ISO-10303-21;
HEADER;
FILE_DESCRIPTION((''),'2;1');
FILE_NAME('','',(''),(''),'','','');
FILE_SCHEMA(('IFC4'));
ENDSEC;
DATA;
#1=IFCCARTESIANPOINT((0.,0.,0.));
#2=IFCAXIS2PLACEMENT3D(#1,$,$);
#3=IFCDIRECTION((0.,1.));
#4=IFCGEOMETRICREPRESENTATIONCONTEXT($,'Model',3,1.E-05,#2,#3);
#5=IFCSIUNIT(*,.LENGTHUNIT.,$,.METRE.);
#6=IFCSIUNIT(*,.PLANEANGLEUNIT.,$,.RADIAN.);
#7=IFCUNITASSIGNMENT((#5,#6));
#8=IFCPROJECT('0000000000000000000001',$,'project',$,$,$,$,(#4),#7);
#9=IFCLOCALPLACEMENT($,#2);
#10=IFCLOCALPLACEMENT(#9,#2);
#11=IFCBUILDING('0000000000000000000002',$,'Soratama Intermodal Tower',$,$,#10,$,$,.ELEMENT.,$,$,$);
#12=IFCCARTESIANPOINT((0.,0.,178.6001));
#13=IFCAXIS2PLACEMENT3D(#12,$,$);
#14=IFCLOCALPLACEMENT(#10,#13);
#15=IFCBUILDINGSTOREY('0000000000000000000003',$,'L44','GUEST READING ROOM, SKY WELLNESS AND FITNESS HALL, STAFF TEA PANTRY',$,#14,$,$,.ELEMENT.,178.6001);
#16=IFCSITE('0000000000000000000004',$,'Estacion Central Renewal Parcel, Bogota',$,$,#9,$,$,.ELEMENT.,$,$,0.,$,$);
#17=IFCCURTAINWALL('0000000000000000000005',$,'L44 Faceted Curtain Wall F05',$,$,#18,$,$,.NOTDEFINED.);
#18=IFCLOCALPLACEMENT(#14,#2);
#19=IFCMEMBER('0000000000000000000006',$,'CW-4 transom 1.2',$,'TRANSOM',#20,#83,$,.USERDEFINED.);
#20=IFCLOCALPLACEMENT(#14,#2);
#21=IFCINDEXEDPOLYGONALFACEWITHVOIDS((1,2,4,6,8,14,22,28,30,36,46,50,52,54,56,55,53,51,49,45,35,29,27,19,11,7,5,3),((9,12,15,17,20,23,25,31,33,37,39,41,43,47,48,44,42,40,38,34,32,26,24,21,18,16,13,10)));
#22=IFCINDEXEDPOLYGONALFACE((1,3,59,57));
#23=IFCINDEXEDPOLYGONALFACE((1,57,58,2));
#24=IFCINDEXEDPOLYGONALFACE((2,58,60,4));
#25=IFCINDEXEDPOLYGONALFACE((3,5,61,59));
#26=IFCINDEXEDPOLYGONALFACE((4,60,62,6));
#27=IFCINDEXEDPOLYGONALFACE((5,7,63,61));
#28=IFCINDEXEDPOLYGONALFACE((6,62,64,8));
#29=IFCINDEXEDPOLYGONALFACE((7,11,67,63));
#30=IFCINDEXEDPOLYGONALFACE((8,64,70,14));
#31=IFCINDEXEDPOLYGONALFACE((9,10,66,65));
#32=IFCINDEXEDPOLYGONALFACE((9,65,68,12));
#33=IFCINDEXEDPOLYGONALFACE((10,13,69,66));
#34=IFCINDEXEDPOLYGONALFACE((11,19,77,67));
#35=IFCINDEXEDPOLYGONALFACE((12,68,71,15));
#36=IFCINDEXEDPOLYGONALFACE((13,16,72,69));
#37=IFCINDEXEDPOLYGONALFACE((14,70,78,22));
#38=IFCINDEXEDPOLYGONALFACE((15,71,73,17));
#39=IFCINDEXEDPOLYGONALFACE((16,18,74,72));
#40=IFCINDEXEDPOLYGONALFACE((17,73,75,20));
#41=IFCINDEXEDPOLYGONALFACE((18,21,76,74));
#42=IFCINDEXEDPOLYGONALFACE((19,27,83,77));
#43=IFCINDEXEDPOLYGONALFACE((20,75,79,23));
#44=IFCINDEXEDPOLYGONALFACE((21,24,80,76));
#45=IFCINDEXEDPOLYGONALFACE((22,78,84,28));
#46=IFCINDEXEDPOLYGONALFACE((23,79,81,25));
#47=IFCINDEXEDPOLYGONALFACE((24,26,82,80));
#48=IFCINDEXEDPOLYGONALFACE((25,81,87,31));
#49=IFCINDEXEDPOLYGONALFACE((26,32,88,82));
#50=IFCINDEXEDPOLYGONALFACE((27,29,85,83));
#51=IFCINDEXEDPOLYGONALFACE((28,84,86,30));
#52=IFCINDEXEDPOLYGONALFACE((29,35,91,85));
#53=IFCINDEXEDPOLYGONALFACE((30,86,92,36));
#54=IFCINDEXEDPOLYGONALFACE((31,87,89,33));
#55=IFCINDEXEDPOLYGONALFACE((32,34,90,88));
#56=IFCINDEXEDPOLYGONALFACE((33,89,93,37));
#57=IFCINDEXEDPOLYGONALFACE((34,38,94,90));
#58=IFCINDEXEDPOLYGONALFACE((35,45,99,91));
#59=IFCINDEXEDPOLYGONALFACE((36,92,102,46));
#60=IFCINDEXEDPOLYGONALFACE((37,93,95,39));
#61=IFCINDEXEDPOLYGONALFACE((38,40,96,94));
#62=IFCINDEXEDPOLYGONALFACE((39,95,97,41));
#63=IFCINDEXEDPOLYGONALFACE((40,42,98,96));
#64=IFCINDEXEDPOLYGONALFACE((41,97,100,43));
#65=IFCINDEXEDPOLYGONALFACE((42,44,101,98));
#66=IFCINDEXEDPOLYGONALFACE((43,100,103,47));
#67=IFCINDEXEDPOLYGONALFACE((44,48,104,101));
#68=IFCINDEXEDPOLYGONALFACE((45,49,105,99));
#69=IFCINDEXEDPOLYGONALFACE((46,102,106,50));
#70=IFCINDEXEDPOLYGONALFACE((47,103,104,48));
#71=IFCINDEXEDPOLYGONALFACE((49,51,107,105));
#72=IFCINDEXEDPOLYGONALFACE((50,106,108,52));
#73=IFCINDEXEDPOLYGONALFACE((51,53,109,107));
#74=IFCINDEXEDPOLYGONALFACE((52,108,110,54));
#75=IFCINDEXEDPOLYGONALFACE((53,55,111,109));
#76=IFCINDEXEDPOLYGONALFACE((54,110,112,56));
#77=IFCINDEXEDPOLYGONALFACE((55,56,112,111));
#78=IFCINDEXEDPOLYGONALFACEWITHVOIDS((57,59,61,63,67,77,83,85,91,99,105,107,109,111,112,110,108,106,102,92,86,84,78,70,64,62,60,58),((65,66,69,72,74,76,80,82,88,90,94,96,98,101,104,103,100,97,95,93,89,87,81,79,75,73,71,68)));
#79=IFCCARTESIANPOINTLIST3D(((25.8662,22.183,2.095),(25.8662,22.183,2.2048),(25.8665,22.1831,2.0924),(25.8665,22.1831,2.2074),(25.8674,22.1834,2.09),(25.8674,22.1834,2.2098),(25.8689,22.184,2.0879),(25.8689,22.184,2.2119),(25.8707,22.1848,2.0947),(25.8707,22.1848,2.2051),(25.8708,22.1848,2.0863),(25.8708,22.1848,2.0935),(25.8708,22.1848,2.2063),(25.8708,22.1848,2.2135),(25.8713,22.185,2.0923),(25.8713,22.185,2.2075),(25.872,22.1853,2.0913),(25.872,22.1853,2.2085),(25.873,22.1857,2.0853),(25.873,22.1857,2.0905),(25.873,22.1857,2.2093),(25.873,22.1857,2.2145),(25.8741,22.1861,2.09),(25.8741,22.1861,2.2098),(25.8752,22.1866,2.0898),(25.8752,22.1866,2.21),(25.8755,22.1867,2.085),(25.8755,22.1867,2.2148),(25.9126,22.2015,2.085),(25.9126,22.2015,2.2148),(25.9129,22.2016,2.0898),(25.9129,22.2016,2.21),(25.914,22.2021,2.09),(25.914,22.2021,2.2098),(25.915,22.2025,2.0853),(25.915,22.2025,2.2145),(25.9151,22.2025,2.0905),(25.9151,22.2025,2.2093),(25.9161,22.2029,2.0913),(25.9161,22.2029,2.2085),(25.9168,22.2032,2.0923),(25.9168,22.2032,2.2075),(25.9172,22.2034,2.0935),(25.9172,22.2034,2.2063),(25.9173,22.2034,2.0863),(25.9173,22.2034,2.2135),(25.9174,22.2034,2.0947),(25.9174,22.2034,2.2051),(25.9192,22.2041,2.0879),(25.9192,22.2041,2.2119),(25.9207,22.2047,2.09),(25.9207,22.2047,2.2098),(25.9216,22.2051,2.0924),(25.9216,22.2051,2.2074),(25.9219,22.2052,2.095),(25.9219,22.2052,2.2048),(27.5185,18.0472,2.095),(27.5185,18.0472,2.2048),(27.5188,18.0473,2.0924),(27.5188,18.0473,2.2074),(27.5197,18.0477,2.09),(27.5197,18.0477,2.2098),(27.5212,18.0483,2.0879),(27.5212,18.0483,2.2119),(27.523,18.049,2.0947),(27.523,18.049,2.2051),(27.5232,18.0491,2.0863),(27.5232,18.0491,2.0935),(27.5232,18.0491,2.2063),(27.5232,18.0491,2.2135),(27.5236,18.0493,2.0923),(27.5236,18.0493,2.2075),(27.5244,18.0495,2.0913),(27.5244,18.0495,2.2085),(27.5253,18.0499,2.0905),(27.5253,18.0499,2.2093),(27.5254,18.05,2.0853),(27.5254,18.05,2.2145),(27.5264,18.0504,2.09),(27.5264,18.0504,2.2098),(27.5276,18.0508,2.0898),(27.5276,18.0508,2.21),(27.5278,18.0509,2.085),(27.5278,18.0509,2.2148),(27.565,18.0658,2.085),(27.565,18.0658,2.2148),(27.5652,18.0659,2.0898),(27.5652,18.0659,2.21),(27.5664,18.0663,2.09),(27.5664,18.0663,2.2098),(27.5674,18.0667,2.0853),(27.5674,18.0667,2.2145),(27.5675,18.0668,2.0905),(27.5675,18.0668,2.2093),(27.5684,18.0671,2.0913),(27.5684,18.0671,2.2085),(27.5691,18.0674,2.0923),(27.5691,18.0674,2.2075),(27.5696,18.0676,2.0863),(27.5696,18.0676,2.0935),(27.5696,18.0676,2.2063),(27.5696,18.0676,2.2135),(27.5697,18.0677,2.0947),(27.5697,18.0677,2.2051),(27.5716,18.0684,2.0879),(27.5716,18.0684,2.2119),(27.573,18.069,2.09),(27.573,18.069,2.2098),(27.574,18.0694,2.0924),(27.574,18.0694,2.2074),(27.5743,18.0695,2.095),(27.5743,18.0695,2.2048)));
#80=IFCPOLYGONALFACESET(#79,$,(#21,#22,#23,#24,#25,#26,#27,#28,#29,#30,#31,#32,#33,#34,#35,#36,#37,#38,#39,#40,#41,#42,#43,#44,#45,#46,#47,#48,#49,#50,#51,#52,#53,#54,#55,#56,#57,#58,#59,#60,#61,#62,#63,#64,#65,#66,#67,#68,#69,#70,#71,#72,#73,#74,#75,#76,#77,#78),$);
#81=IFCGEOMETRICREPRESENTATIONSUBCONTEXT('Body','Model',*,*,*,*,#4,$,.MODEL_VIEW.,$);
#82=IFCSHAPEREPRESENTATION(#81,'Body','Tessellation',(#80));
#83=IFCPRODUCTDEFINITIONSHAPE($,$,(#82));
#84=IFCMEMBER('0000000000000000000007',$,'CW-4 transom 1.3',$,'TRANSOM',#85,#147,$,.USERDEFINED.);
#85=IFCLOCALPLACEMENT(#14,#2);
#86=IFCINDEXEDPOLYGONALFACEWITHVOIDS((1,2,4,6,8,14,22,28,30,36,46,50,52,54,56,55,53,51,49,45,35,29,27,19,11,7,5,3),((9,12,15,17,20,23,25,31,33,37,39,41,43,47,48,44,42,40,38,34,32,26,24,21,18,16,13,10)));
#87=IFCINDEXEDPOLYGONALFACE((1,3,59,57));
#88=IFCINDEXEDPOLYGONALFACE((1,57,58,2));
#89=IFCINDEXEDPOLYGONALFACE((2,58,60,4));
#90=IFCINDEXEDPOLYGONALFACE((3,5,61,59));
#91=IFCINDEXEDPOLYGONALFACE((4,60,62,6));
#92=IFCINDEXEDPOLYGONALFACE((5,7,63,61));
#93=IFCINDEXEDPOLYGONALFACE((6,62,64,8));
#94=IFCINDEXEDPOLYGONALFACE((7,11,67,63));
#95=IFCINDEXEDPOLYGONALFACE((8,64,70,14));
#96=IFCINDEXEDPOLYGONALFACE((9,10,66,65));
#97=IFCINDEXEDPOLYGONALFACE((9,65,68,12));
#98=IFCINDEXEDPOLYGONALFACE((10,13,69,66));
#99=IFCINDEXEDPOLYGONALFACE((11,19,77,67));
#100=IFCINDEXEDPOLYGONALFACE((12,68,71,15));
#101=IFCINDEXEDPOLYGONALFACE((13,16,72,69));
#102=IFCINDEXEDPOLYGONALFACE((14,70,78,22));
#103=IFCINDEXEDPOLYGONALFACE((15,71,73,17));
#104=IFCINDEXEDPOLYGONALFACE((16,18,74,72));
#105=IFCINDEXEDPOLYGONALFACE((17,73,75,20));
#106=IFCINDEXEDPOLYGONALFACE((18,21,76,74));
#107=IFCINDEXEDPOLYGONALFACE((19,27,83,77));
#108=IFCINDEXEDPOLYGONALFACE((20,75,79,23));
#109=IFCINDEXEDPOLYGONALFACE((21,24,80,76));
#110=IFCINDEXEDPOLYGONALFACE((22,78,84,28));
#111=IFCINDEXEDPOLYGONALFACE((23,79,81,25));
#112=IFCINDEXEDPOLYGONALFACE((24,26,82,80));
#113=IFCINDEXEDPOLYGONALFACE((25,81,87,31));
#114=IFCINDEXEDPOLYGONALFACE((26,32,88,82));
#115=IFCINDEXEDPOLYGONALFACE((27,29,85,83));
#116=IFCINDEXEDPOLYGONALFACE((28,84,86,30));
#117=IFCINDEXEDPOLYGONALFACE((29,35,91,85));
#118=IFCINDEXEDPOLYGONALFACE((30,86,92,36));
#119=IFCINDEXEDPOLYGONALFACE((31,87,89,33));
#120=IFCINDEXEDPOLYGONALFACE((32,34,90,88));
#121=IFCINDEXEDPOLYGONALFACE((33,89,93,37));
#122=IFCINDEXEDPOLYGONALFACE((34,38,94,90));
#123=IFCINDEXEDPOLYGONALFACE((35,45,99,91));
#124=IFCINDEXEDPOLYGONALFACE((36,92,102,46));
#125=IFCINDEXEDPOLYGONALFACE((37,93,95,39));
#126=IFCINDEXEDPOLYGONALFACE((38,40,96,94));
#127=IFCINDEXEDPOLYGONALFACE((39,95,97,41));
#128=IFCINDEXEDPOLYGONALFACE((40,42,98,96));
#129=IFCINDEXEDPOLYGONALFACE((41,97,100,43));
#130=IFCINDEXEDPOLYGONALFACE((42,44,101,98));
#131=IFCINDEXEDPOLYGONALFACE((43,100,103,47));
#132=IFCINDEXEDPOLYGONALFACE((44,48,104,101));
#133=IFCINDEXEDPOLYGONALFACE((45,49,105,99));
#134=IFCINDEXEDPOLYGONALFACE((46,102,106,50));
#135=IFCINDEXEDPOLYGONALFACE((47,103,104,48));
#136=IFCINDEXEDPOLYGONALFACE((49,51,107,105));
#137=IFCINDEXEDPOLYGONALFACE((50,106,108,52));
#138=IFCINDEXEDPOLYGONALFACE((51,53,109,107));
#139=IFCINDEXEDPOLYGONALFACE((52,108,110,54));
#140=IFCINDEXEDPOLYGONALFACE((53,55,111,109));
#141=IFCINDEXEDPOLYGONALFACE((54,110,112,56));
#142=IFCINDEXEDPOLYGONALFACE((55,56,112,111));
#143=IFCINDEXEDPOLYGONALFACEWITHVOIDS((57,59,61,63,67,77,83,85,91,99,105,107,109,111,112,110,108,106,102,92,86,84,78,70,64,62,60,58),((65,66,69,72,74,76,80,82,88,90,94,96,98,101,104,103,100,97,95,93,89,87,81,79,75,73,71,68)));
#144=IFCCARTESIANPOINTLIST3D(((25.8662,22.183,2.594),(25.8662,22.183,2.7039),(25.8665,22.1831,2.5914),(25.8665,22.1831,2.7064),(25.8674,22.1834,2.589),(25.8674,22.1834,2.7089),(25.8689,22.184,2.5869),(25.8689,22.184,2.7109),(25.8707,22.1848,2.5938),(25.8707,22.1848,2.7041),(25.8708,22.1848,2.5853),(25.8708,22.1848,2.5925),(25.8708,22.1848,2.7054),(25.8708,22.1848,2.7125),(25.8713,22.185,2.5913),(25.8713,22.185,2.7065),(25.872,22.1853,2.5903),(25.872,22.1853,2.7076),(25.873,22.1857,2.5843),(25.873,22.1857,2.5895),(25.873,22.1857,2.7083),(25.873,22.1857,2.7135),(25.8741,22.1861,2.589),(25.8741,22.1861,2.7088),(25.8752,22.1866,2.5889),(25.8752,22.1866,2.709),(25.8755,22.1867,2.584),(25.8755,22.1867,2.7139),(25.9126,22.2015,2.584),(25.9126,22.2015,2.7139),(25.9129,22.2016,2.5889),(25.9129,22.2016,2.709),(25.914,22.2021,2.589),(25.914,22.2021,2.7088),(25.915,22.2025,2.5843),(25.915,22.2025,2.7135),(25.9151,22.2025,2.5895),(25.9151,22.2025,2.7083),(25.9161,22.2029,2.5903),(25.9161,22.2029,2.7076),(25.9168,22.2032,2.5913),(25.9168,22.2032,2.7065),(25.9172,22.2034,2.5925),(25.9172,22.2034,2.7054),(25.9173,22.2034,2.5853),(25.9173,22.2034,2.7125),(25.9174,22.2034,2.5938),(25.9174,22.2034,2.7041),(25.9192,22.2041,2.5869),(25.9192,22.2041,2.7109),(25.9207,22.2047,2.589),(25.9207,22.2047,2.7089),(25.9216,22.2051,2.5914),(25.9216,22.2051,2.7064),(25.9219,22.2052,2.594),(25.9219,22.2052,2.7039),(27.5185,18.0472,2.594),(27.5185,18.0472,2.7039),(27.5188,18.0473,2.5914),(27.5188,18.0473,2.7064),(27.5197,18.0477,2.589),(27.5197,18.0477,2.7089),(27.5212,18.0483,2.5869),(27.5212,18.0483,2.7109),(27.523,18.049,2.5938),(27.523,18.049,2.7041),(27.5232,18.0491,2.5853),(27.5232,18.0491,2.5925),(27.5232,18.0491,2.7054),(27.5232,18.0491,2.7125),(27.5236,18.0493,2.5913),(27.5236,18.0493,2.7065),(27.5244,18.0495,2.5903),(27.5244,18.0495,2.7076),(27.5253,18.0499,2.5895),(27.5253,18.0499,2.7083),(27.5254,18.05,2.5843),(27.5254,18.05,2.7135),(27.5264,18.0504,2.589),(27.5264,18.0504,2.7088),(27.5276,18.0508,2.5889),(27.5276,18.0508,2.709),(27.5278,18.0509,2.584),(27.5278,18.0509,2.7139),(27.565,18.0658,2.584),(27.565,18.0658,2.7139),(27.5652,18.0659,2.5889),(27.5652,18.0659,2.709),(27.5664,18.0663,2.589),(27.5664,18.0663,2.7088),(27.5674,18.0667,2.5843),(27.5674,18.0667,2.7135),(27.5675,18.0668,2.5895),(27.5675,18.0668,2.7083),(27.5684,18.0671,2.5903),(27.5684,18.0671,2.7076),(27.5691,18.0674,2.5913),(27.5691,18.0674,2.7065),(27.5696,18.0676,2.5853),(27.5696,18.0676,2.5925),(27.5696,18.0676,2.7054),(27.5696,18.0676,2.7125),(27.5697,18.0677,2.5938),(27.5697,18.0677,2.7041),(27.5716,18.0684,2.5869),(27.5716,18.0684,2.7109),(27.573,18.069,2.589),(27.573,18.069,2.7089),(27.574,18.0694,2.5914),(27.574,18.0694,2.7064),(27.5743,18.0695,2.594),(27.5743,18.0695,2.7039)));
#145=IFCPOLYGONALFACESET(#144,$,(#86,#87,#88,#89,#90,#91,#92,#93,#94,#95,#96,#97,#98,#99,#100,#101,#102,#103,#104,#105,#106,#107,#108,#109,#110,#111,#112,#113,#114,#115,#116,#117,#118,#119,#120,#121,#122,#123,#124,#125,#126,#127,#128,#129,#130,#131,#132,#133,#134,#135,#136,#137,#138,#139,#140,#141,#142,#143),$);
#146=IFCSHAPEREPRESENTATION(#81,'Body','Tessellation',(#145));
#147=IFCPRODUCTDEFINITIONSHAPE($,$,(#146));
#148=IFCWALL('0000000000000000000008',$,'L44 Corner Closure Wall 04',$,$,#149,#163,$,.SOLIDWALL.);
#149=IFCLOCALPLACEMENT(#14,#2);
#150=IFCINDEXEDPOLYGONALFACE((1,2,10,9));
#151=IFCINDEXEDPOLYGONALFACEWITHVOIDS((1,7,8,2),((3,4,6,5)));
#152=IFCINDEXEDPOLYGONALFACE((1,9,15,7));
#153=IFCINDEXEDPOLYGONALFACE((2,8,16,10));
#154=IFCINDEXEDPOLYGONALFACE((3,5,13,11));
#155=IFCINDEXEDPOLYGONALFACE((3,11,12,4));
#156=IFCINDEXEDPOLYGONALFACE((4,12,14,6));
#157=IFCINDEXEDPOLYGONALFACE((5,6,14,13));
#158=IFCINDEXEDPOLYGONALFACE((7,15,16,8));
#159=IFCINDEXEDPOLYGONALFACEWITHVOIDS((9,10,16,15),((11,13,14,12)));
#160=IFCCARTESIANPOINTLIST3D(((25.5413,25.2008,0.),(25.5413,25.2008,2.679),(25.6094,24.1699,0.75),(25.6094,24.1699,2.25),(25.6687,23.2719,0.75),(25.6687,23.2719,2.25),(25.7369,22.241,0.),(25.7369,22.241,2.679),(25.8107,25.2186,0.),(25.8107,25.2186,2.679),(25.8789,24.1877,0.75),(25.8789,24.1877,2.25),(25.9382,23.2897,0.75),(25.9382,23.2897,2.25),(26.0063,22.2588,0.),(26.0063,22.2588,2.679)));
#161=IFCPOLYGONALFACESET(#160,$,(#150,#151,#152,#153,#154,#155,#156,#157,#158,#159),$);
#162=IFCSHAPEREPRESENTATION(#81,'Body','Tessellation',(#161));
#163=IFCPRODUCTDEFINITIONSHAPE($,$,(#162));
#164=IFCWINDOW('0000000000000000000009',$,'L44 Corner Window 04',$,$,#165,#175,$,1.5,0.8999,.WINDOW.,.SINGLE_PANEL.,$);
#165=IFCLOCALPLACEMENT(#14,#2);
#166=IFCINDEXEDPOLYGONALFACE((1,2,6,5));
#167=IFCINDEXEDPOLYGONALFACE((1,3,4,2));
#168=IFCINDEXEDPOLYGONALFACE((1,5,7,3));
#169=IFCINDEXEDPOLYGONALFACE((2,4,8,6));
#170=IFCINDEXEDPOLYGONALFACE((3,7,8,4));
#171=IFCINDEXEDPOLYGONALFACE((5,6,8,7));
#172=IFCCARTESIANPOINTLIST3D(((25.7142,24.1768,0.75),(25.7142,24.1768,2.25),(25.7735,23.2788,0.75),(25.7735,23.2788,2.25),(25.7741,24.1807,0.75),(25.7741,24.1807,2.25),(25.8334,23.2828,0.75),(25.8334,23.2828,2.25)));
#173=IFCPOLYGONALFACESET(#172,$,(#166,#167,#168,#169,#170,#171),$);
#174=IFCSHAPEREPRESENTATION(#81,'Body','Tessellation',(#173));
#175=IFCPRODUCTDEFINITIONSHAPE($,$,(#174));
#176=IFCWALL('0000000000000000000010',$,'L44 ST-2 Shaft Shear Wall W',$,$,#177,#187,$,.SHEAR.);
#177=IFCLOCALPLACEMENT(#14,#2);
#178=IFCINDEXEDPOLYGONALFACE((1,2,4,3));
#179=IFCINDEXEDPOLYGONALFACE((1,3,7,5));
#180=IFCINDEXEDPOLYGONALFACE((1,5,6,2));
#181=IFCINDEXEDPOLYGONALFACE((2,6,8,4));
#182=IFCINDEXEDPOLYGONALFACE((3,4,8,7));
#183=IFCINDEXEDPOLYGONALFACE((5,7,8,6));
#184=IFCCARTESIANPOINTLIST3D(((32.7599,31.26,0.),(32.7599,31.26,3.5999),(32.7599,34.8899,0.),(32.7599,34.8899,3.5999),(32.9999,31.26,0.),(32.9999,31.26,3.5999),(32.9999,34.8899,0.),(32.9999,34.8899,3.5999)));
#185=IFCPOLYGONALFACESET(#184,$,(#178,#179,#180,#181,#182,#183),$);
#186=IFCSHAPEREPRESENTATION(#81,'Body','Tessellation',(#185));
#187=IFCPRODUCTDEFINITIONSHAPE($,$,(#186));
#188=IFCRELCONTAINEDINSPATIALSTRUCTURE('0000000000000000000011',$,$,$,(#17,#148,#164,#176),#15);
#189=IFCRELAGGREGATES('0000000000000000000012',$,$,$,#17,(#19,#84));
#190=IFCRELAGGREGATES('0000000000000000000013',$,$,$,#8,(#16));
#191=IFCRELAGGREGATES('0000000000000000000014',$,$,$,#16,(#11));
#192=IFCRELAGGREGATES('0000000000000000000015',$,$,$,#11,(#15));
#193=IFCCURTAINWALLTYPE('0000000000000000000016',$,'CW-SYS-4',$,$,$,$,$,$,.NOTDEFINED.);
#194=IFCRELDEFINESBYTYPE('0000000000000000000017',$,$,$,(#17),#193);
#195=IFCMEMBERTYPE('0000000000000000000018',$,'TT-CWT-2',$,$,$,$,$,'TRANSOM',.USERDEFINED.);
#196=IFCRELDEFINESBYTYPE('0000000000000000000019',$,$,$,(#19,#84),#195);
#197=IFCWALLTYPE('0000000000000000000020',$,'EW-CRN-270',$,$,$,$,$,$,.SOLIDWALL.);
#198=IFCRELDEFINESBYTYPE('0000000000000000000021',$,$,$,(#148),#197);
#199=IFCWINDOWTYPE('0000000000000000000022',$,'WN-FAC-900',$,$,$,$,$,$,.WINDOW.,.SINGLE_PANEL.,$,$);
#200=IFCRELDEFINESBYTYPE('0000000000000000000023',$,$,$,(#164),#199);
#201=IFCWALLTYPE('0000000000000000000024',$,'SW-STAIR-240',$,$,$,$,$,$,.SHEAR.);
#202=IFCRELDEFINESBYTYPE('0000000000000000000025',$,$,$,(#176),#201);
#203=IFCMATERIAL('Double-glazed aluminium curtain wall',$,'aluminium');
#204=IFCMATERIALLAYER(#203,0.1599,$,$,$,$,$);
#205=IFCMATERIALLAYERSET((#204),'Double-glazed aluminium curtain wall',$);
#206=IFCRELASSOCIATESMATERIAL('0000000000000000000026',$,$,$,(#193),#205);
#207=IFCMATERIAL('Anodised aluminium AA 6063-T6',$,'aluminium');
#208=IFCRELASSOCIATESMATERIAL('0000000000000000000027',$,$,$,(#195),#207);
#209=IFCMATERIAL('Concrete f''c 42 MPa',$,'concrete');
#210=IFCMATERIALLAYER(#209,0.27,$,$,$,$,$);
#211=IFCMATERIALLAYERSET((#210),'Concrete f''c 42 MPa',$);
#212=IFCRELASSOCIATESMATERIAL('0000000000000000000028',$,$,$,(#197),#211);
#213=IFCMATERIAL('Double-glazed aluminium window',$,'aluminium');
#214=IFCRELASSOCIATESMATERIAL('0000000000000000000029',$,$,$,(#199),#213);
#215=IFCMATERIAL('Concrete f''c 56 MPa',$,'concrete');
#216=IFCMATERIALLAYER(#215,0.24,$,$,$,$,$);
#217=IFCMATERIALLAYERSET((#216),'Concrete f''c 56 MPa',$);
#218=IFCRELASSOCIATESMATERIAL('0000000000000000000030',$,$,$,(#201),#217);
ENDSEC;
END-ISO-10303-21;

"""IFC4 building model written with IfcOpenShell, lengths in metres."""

from ifc_helpers import new_model, si_unit, direction, frame, frame_2d, origin, origin_2d, place, context, subcontext, project, spatial, rectangle, hollow_rectangle, extrude, material, layer, layer_set, material_profile, profile_set, type_object, element, fill, aggregate, save


model = new_model("IFC4")

# Units and contexts
model_context = context("Model", 3, precision=1e-05, world=origin(), true_north=direction((0.0, 1.0)))
body_context = subcontext(model_context, "Body", "Model", "MODEL_VIEW")
ifc_project = project(units=[si_unit("LENGTHUNIT", "METRE"), si_unit("PLANEANGLEUNIT", "RADIAN")], contexts=[model_context])

# Site, building, storey
site_placement = place(None, origin())
site = spatial("IfcSite", under=ifc_project, at=site_placement, Name="Estacion Central Renewal Parcel, Bogota", CompositionType="ELEMENT", RefElevation=0.0)
building_placement = place(site_placement, origin())
building = spatial("IfcBuilding", under=site, at=building_placement, Name="Soratama Intermodal Tower", CompositionType="ELEMENT")
storey_placement = place(building_placement, frame((0.0, 0.0, 178.6001)))
storey = spatial("IfcBuildingStorey", under=building, at=storey_placement, Name="L44", Description="GUEST READING ROOM, SKY WELLNESS AND FITNESS HALL, STAFF TEA PANTRY", CompositionType="ELEMENT", Elevation=178.6001)

# Curtain wall, members
ifc_material_1 = material(Name="Double-glazed aluminium curtain wall", Category="aluminium")
ifc_layer_1 = layer(ifc_material_1, 0.1599)
ifc_layer_set_1 = layer_set([ifc_layer_1], Name="Double-glazed aluminium curtain wall")
curtain_wall_type = type_object("IfcCurtainWallType", Name="CW-SYS-4", PredefinedType="NOTDEFINED", material=ifc_layer_set_1)
curtain_wall_placement = place(storey_placement, origin())
curtain_wall = element("IfcCurtainWall", 1, at=curtain_wall_placement, inside=storey, type_object=curtain_wall_type, Name="L44 Faceted Curtain Wall F05", PredefinedType="NOTDEFINED")
ifc_material_2 = material(Name="Anodised aluminium AA 6063-T6", Category="aluminium")
ifc_material_profile_1 = material_profile(ifc_material_2, hollow_rectangle(XDim=0.0601, YDim=0.1299, WallThickness=0.0049, InnerFilletRadius=0.0049, OuterFilletRadius=0.01, at=origin_2d()), Name="CWT130X60X5")
ifc_profile_set_1 = profile_set([ifc_material_profile_1], Name="Anodised aluminium AA 6063-T6")
member_type_1 = type_object("IfcMemberType", Name="TT-CWT-2", ElementType="TRANSOM", PredefinedType="USERDEFINED", material=ifc_profile_set_1)
member_1_placement = place(storey_placement, frame((25.894, 22.1941, 2.1499), z_axis=(0.371013, -0.928628, 0.0), x_axis=(0.928628, 0.371013, 0.0)))
member_1 = element("IfcMember", 2, at=member_1_placement, type_object=member_type_1, Name="CW-4 transom 1.2", ObjectType="TRANSOM", PredefinedType="USERDEFINED", context=body_context, shape_type="SweptSolid", body=[
    extrude(hollow_rectangle(XDim=0.0601, YDim=0.1299, WallThickness=0.0049, InnerFilletRadius=0.0049, OuterFilletRadius=0.01, at=origin_2d()), origin(), (0.0, 0.0, 1.0), 4.4536),
])
member_2_placement = place(storey_placement, frame((25.894, 22.1941, 2.6489), z_axis=(0.371013, -0.928628, 0.0), x_axis=(0.928628, 0.371013, 0.0)))
member_2 = element("IfcMember", 3, at=member_2_placement, type_object=member_type_1, Name="CW-4 transom 1.3", ObjectType="TRANSOM", PredefinedType="USERDEFINED", context=body_context, shape_type="SweptSolid", body=[
    extrude(hollow_rectangle(XDim=0.0601, YDim=0.1299, WallThickness=0.0049, InnerFilletRadius=0.0049, OuterFilletRadius=0.01, at=origin_2d()), origin(), (0.0, 0.0, 1.0), 4.4536),
])
aggregate(curtain_wall, [member_1, member_2])

# Wall, opening, window
ifc_material_3 = material(Name="Concrete f'c 42 MPa", Category="concrete")
ifc_layer_2 = layer(ifc_material_3, 0.27)
ifc_layer_set_2 = layer_set([ifc_layer_2], Name="Concrete f'c 42 MPa")
wall_type_1 = type_object("IfcWallType", Name="EW-CRN-270", PredefinedType="SOLIDWALL", material=ifc_layer_set_2)
wall_1_placement = place(storey_placement, frame((25.676, 25.2097, 0.0), z_axis=(0.0, 0.0, 1.0), x_axis=(0.065924, -0.997825, 0.0)))
wall_1 = element("IfcWall", 4, at=wall_1_placement, inside=storey, type_object=wall_type_1, Name="L44 Corner Closure Wall 04", PredefinedType="SOLIDWALL", context=body_context, shape_type="SweptSolid", body=[
    extrude(rectangle(XDim=2.9663, YDim=0.27, at=frame_2d((1.4832, 0.0))), origin(), (0.0, 0.0, 1.0), 2.679),
])
opening_1_placement = place(wall_1_placement, frame((1.0332, 0.0, 0.75)))
opening_1 = element("IfcOpeningElement", 5, at=opening_1_placement, cuts=wall_1, PredefinedType="OPENING", context=body_context, shape_type="SweptSolid", body=[
    extrude(rectangle(XDim=0.8999, YDim=1.5, at=frame_2d((0.45, 0.75))), frame((0.0, 0.145, 0.0), z_axis=(0.0, -1.0, 0.0), x_axis=(1.0, 0.0, 0.0)), (0.0, 0.0, 1.0), 0.29),
])
ifc_material_4 = material(Name="Double-glazed aluminium window", Category="aluminium")
window_type = type_object("IfcWindowType", Name="WN-FAC-900", PartitioningType="SINGLE_PANEL", PredefinedType="WINDOW", material=ifc_material_4)
window_placement = place(opening_1_placement, origin())
window = element("IfcWindow", 6, at=window_placement, inside=storey, type_object=window_type, Name="L44 Corner Window 04", OverallHeight=1.5, OverallWidth=0.8999, PartitioningType="SINGLE_PANEL", PredefinedType="WINDOW", context=body_context, shape_type="SweptSolid", body=[
    extrude(rectangle(XDim=0.8999, YDim=1.5, at=frame_2d((0.45, 0.75))), frame((0.0, 0.03, 0.0), z_axis=(0.0, -1.0, 0.0), x_axis=(1.0, 0.0, 0.0)), (0.0, 0.0, 1.0), 0.0601),
])
fill(opening_1, window)

# Wall
ifc_material_5 = material(Name="Concrete f'c 56 MPa", Category="concrete")
ifc_layer_3 = layer(ifc_material_5, 0.24)
ifc_layer_set_3 = layer_set([ifc_layer_3], Name="Concrete f'c 56 MPa")
wall_type_2 = type_object("IfcWallType", Name="SW-STAIR-240", PredefinedType="SHEAR", material=ifc_layer_set_3)
wall_2_placement = place(storey_placement, frame((32.8799, 31.26, 0.0), z_axis=(0.0, 0.0, 1.0), x_axis=(0.0, 1.0, 0.0)))
element("IfcWall", 7, at=wall_2_placement, inside=storey, type_object=wall_type_2, Name="L44 ST-2 Shaft Shear Wall W", PredefinedType="SHEAR", context=body_context, shape_type="SweptSolid", body=[
    extrude(rectangle(XDim=3.6299, YDim=0.24, at=frame_2d((1.8149, 0.0))), origin(), (0.0, 0.0, 1.0), 3.5999),
])

save(model, "model.ifc")
